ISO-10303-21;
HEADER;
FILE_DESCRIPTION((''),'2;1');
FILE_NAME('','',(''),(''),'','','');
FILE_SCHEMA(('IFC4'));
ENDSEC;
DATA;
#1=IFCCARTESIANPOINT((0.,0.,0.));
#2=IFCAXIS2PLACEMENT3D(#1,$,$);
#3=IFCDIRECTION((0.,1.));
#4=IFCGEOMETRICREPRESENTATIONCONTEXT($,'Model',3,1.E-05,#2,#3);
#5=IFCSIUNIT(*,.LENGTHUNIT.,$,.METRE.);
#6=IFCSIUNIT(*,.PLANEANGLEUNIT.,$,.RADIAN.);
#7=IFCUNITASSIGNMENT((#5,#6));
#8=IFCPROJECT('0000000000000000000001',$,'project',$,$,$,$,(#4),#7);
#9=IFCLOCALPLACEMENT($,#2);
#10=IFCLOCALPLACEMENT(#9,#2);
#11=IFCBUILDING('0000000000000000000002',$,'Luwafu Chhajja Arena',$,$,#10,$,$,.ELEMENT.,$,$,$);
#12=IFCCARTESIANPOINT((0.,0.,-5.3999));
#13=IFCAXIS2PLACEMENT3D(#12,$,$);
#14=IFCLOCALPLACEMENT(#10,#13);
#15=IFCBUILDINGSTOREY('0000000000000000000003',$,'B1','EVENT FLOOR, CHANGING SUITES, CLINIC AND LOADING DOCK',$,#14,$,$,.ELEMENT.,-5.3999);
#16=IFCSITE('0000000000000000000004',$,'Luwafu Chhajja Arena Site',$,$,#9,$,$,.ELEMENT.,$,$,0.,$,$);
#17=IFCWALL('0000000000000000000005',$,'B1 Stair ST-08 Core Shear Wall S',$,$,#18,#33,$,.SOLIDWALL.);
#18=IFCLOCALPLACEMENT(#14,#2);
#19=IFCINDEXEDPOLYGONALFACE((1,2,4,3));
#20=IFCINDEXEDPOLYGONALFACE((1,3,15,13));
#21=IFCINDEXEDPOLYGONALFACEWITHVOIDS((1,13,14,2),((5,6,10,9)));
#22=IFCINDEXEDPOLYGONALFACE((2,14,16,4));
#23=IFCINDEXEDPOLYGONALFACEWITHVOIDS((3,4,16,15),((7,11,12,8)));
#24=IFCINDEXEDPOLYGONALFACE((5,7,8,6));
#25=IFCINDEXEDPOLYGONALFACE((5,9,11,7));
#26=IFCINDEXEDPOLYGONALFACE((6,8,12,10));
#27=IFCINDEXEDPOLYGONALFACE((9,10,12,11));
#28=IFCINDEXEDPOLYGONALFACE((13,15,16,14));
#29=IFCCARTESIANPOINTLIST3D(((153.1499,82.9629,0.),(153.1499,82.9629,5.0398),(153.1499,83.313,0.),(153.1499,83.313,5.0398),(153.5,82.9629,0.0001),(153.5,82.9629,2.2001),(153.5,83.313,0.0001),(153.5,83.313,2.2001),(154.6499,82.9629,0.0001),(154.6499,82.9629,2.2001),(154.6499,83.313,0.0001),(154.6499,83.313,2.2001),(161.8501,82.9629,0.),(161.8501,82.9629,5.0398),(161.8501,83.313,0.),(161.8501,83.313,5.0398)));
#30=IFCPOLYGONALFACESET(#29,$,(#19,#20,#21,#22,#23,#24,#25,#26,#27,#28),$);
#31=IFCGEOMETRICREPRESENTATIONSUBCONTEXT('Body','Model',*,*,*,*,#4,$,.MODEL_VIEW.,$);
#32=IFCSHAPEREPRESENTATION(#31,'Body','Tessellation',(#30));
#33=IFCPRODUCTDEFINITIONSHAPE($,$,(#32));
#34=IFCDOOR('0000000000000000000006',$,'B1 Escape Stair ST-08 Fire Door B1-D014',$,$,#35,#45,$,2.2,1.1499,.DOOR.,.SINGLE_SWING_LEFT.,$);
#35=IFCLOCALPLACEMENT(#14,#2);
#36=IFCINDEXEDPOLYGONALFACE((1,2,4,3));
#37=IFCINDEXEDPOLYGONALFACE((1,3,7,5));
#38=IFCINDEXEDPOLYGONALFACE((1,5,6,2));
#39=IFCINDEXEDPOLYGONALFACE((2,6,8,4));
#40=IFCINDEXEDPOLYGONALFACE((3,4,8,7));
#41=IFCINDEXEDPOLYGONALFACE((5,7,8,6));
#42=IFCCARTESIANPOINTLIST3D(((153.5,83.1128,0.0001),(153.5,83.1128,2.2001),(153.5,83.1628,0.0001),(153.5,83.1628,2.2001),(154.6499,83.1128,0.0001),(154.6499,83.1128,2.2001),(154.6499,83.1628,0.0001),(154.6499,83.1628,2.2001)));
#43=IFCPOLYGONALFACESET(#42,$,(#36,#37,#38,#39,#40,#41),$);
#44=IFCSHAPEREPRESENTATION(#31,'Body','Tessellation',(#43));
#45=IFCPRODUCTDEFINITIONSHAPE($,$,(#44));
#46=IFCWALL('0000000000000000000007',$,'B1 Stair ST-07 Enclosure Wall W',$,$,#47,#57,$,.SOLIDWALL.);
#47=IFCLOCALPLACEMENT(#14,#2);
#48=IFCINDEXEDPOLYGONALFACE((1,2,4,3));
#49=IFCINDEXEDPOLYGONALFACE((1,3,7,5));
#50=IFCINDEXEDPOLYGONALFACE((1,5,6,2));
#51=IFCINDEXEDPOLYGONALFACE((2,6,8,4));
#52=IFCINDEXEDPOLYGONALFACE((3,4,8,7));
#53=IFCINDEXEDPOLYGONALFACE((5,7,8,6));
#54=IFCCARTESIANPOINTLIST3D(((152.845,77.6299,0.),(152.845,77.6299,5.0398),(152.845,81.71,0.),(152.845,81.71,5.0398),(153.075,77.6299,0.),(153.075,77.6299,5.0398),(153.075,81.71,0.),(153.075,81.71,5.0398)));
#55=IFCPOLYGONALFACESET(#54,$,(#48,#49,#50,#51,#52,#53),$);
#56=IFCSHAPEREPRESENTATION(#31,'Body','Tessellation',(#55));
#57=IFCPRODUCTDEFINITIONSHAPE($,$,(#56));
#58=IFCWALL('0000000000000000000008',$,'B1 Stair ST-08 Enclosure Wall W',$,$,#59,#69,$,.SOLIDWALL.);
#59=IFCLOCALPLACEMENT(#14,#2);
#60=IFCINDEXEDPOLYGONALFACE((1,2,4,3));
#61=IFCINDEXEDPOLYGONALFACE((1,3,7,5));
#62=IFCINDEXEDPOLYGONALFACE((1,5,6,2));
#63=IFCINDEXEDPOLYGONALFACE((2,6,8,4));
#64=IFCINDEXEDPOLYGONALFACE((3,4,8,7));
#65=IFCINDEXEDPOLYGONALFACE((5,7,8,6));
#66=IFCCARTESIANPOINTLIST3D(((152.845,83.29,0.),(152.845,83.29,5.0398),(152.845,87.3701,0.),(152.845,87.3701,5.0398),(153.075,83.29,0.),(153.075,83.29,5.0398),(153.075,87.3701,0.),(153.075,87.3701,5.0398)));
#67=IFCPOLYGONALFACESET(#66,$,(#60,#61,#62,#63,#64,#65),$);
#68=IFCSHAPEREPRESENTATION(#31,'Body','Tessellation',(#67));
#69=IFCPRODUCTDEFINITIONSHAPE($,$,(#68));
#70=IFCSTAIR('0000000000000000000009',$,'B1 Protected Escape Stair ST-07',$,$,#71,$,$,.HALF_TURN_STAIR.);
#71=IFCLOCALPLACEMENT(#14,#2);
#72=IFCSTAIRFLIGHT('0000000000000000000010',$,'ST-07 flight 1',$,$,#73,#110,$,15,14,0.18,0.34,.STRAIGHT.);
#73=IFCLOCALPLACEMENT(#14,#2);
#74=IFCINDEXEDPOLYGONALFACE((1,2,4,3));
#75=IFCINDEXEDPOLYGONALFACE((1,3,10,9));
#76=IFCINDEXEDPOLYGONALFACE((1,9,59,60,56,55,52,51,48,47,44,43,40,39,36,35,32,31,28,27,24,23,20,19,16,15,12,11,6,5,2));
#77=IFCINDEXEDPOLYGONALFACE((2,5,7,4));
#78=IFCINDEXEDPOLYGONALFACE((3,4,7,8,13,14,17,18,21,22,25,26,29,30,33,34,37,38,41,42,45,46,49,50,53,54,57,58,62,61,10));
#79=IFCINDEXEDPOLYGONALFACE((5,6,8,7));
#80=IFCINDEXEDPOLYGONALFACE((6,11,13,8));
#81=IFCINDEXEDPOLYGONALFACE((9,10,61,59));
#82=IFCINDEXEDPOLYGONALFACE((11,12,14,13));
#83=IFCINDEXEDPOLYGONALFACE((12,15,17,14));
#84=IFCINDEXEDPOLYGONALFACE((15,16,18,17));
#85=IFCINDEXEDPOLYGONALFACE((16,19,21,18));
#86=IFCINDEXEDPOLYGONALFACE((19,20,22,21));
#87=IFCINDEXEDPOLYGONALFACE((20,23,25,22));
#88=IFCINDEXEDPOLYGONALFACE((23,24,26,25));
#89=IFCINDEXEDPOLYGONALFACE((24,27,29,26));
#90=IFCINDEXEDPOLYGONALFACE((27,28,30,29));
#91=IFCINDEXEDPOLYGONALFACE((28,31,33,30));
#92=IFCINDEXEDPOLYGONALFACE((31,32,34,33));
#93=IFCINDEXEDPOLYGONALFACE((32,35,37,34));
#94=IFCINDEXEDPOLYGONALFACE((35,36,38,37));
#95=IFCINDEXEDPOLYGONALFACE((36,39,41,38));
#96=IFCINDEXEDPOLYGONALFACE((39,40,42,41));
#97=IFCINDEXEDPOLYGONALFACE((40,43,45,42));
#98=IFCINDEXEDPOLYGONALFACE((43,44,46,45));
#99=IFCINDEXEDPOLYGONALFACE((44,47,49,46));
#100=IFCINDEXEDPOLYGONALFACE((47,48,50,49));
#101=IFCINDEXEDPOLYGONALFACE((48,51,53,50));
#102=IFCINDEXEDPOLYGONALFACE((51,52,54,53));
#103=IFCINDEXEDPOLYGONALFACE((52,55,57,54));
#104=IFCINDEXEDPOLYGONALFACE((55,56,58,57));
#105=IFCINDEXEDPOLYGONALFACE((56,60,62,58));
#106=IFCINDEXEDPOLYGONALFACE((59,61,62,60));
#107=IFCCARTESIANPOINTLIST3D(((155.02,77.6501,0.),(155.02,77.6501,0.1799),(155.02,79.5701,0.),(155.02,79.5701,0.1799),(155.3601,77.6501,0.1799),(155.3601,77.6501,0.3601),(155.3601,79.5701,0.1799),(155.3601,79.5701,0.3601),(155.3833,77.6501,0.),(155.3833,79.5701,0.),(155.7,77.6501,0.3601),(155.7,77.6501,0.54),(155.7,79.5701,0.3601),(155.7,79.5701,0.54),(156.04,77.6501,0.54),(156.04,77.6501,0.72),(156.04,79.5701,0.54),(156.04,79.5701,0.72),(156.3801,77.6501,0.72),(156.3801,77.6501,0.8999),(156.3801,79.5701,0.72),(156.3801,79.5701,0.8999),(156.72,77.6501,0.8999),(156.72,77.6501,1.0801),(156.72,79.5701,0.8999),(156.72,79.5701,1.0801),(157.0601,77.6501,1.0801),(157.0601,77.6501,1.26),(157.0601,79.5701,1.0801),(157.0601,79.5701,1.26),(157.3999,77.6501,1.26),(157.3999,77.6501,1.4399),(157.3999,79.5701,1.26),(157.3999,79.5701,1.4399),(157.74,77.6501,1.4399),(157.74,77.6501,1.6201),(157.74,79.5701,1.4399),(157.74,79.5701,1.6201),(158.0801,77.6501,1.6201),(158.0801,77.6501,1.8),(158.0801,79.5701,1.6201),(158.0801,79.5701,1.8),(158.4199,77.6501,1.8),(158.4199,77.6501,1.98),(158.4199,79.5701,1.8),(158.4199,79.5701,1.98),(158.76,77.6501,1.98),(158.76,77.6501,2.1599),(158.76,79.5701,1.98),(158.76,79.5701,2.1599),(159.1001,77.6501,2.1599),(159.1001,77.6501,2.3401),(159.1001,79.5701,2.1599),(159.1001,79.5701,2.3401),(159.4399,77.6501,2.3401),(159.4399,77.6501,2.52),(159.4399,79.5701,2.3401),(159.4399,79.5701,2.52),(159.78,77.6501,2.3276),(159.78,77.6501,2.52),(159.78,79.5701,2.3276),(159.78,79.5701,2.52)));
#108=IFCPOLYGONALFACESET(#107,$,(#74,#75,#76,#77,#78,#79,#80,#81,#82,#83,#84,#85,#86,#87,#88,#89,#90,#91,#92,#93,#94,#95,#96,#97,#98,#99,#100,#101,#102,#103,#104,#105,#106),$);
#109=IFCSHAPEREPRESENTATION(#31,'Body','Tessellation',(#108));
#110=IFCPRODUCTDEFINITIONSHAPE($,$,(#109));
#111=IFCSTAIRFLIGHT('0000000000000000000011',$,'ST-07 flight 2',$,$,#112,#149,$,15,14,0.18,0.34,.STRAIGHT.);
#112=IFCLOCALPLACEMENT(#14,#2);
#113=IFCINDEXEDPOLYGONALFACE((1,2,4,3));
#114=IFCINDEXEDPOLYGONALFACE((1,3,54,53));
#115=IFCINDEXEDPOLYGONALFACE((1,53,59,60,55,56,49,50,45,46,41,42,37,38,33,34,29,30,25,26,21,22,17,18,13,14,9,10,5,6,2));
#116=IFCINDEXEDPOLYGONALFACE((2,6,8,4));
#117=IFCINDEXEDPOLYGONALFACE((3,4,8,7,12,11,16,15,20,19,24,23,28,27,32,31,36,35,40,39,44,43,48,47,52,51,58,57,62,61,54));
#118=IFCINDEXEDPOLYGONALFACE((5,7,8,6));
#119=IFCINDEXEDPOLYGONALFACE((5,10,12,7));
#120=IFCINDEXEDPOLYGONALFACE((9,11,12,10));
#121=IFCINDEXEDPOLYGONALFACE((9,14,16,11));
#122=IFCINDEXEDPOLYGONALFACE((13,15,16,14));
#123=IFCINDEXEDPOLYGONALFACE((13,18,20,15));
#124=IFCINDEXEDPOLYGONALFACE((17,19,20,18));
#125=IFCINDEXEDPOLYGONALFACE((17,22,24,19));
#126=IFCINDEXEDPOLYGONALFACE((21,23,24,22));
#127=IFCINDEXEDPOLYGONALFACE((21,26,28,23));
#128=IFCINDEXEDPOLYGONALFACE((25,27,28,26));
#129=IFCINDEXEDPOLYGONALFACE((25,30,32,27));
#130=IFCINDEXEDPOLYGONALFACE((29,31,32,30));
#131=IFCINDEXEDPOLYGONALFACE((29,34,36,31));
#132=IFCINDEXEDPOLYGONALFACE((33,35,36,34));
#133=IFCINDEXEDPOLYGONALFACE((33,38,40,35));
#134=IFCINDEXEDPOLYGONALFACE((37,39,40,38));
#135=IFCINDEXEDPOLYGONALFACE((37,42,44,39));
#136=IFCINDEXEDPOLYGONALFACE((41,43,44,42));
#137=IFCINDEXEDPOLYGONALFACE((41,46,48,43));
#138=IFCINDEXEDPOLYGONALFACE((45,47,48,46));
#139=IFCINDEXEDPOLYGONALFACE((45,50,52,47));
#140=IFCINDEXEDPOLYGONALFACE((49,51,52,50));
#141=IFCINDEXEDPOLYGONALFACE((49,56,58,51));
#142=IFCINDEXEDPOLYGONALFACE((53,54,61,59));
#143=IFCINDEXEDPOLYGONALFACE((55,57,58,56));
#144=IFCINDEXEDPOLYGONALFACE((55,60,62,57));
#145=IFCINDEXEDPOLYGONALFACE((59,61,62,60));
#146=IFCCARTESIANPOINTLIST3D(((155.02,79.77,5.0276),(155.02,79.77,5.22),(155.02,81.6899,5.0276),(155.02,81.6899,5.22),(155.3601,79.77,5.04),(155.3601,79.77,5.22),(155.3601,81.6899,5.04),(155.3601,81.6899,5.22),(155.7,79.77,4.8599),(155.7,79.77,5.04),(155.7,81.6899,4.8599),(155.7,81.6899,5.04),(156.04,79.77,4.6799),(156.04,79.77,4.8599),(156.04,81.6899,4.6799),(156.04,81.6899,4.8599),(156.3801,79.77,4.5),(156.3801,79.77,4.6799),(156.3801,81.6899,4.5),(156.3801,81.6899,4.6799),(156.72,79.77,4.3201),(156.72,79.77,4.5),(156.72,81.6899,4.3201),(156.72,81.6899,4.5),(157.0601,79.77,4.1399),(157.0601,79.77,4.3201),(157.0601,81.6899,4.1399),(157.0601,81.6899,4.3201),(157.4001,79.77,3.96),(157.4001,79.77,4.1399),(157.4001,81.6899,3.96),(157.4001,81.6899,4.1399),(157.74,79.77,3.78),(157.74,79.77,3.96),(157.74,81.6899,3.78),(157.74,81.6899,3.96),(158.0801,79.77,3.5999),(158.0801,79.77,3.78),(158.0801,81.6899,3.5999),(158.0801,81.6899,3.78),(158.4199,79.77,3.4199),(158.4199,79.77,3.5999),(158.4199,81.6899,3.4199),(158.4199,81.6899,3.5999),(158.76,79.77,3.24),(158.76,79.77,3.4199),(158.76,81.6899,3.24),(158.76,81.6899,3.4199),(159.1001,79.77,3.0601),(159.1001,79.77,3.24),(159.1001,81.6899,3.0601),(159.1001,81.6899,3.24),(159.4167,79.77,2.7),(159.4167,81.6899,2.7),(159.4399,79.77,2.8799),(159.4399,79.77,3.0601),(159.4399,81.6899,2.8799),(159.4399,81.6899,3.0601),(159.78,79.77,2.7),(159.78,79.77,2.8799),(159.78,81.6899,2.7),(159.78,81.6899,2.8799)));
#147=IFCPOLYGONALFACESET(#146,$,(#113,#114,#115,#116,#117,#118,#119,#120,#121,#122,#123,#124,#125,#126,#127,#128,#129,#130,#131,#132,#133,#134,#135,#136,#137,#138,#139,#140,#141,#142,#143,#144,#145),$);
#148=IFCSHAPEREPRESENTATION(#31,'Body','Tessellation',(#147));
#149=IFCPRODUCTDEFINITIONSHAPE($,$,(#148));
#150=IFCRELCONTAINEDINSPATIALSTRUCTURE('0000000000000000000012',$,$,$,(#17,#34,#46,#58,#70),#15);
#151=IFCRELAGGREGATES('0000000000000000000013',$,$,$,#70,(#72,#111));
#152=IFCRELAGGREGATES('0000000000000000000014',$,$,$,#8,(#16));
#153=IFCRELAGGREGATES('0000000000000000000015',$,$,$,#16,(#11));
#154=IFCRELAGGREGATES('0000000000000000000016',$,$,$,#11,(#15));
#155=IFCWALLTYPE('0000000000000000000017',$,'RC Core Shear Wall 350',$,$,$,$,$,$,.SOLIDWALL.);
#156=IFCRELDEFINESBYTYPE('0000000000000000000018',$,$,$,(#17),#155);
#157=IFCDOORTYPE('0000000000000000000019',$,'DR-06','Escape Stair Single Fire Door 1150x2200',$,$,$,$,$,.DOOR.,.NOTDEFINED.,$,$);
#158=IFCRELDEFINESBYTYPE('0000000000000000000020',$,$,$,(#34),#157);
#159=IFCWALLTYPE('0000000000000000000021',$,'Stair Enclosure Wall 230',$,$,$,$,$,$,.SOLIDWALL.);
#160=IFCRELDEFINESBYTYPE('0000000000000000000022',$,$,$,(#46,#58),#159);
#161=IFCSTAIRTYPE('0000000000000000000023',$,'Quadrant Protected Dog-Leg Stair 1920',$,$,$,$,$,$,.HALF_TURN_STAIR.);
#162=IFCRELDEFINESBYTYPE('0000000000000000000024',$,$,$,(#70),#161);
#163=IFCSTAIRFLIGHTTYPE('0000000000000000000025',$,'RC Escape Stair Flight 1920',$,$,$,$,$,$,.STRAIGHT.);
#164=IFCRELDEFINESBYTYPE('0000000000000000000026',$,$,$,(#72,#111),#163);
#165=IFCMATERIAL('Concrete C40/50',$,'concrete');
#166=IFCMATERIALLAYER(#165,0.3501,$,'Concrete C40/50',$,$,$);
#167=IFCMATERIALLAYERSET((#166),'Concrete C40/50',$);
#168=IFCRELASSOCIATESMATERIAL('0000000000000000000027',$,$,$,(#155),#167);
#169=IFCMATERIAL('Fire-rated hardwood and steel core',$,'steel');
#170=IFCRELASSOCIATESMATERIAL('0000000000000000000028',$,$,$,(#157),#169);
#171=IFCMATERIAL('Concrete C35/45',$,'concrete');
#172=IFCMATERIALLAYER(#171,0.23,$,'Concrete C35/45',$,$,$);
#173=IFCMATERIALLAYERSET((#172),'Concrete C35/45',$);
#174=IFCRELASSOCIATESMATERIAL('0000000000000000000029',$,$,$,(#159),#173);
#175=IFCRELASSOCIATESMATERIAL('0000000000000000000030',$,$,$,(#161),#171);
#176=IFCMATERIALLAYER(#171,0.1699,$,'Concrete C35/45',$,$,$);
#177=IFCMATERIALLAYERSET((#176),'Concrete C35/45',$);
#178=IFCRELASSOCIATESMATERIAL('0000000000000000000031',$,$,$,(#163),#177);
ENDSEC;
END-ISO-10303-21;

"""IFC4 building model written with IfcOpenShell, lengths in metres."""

from ifc_helpers import new_model, si_unit, direction, frame, frame_2d, origin, place, context, subcontext, project, spatial, polyline, rectangle, outline, extrude, material, layer, layer_set, type_object, element, fill, aggregate, save


model = new_model("IFC4")

# Units and contexts
model_context = context("Model", 3, precision=1e-05, world=origin(), true_north=direction((0.0, 1.0)))
body_context = subcontext(model_context, "Body", "Model", "MODEL_VIEW")
ifc_project = project(units=[si_unit("LENGTHUNIT", "METRE"), si_unit("PLANEANGLEUNIT", "RADIAN")], contexts=[model_context])

# Site, building, storey
site_placement = place(None, origin())
site = spatial("IfcSite", under=ifc_project, at=site_placement, Name="Luwafu Chhajja Arena Site", CompositionType="ELEMENT", RefElevation=0.0)
building_placement = place(site_placement, origin())
building = spatial("IfcBuilding", under=site, at=building_placement, Name="Luwafu Chhajja Arena", CompositionType="ELEMENT")
storey_placement = place(building_placement, frame((0.0, 0.0, -5.3999)))
storey = spatial("IfcBuildingStorey", under=building, at=storey_placement, Name="B1", Description="EVENT FLOOR, CHANGING SUITES, CLINIC AND LOADING DOCK", CompositionType="ELEMENT", Elevation=-5.3999)

# Shared definitions
ifc_material_1 = material(Name="Concrete C35/45", Category="concrete")

# Shared definitions
ifc_material_2 = material(Name="Concrete C40/50", Category="concrete")
ifc_layer_1 = layer(ifc_material_2, 0.3501, Name="Concrete C40/50")
ifc_layer_set_1 = layer_set([ifc_layer_1], Name="Concrete C40/50")
wall_type_1 = type_object("IfcWallType", Name="RC Core Shear Wall 350", PredefinedType="SOLIDWALL", material=ifc_layer_set_1)

# Wall, opening, door
ifc_material_3 = material(Name="Fire-rated hardwood and steel core", Category="steel")
door_type = type_object("IfcDoorType", Name="DR-06", Description="Escape Stair Single Fire Door 1150x2200", OperationType="NOTDEFINED", PredefinedType="DOOR", material=ifc_material_3)
wall_1_placement = place(storey_placement, frame((153.1499, 83.1379, 0.0), z_axis=(0.0, 0.0, 1.0), x_axis=(1.0, 0.0, 0.0)))
wall_1 = element("IfcWall", 1, at=wall_1_placement, inside=storey, type_object=wall_type_1, Name="B1 Stair ST-08 Core Shear Wall S", PredefinedType="SOLIDWALL", context=body_context, shape_type="SweptSolid", body=[
    extrude(rectangle(XDim=8.7002, YDim=0.3501, at=frame_2d((4.3501, 0.0))), origin(), (0.0, 0.0, 1.0), 5.0398),
])
opening_1_placement = place(wall_1_placement, frame((0.3501, 0.0, 0.0)))
opening_1 = element("IfcOpeningElement", 2, at=opening_1_placement, cuts=wall_1, PredefinedType="OPENING", context=body_context, shape_type="SweptSolid", body=[
    extrude(rectangle(XDim=1.1499, YDim=2.2, at=frame_2d((0.575, 1.1001))), frame((0.0, 0.1851, 0.0), z_axis=(0.0, -1.0, 0.0), x_axis=(1.0, 0.0, 0.0)), (0.0, 0.0, 1.0), 0.3701),
])
door_1_placement = place(opening_1_placement, origin())
door_1 = element("IfcDoor", 3, at=door_1_placement, inside=storey, type_object=door_type, Name="B1 Escape Stair ST-08 Fire Door B1-D014", OperationType="SINGLE_SWING_LEFT", OverallHeight=2.2, OverallWidth=1.1499, PredefinedType="DOOR", context=body_context, shape_type="SweptSolid", body=[
    extrude(rectangle(XDim=1.1499, YDim=2.2, at=frame_2d((0.575, 1.1001))), frame((0.0, 0.0249, 0.0), z_axis=(0.0, -1.0, 0.0), x_axis=(1.0, 0.0, 0.0)), (0.0, 0.0, 1.0), 0.05),
])
fill(opening_1, door_1)

# Walls
ifc_layer_2 = layer(ifc_material_1, 0.23, Name="Concrete C35/45")
ifc_layer_set_2 = layer_set([ifc_layer_2], Name="Concrete C35/45")
wall_type_2 = type_object("IfcWallType", Name="Stair Enclosure Wall 230", PredefinedType="SOLIDWALL", material=ifc_layer_set_2)
for number, where, z_axis, x_axis, name in (
    (4, (152.96, 77.6299, 0.0), (0.0, 0.0, 1.0), (0.0, 1.0, 0.0), "B1 Stair ST-07 Enclosure Wall W"),
    (5, (152.96, 83.29, 0.0), (0.0, 0.0, 1.0), (0.0, 1.0, 0.0), "B1 Stair ST-08 Enclosure Wall W"),
):
    element("IfcWall", number, at=place(storey_placement, frame(where, z_axis=z_axis, x_axis=x_axis)), inside=storey, type_object=wall_type_2, Name=name, PredefinedType="SOLIDWALL", context=body_context, shape_type="SweptSolid", body=[
        extrude(rectangle(XDim=4.0801, YDim=0.23, at=frame_2d((2.04, 0.0))), origin(), (0.0, 0.0, 1.0), 5.0398),
    ])

# Stair, stair flights
stair_type = type_object("IfcStairType", Name="Quadrant Protected Dog-Leg Stair 1920", PredefinedType="HALF_TURN_STAIR", material=ifc_material_1)
stair_placement = place(storey_placement, origin())
stair = element("IfcStair", 6, at=stair_placement, inside=storey, type_object=stair_type, Name="B1 Protected Escape Stair ST-07", PredefinedType="HALF_TURN_STAIR")
ifc_layer_3 = layer(ifc_material_1, 0.1699, Name="Concrete C35/45")
ifc_layer_set_3 = layer_set([ifc_layer_3], Name="Concrete C35/45")
stair_flight_type = type_object("IfcStairFlightType", Name="RC Escape Stair Flight 1920", PredefinedType="STRAIGHT", material=ifc_layer_set_3)
stair_flight_1_placement = place(storey_placement, frame((155.02, 78.6101, 0.0), z_axis=(0.0, 0.0, 1.0), x_axis=(1.0, 0.0, 0.0)))
stair_flight_1 = element("IfcStairFlight", 7, at=stair_flight_1_placement, type_object=stair_flight_type, Name="ST-07 flight 1", NumberOfRisers=15, NumberOfTreads=14, PredefinedType="STRAIGHT", RiserHeight=0.18, TreadLength=0.34, context=body_context, shape_type="SweptSolid", body=[
    extrude(outline(polyline([(0.0, 0.0), (0.0, 0.1799), (0.3401, 0.1799), (0.3401, 0.3601), (0.6799, 0.3601), (0.6799, 0.54), (1.02, 0.54), (1.02, 0.72), (1.3601, 0.72), (1.3601, 0.8999), (1.7, 0.8999), (1.7, 1.0801), (2.04, 1.0801), (2.04, 1.26), (2.3799, 1.26), (2.3799, 1.4399), (2.72, 1.4399), (2.72, 1.6201), (3.0601, 1.6201), (3.0601, 1.8), (3.3999, 1.8), (3.3999, 1.98), (3.74, 1.98), (3.74, 2.1599), (4.0801, 2.1599), (4.0801, 2.3401), (4.4199, 2.3401), (4.4199, 2.52), (4.76, 2.52), (4.76, 2.7), (4.76, 2.3276), (0.3633, 0.0), (0.0, 0.0)])), frame((0.0, 0.96, 0.0), z_axis=(0.0, -1.0, 0.0), x_axis=(1.0, 0.0, 0.0)), (0.0, 0.0, 1.0), 1.9199),
])
stair_flight_2_placement = place(storey_placement, frame((159.78, 80.73, 2.7), z_axis=(0.0, 0.0, 1.0), x_axis=(-1.0, 0.0, 0.0)))
stair_flight_2 = element("IfcStairFlight", 8, at=stair_flight_2_placement, type_object=stair_flight_type, Name="ST-07 flight 2", NumberOfRisers=15, NumberOfTreads=14, PredefinedType="STRAIGHT", RiserHeight=0.18, TreadLength=0.34, context=body_context, shape_type="SweptSolid", body=[
    extrude(outline(polyline([(0.0, 0.0), (0.0, 0.1799), (0.3401, 0.1799), (0.3401, 0.3601), (0.6799, 0.3601), (0.6799, 0.54), (1.02, 0.54), (1.02, 0.72), (1.3601, 0.72), (1.3601, 0.8999), (1.7, 0.8999), (1.7, 1.0801), (2.04, 1.0801), (2.04, 1.26), (2.3799, 1.26), (2.3799, 1.4399), (2.72, 1.4399), (2.72, 1.6201), (3.0601, 1.6201), (3.0601, 1.8), (3.3999, 1.8), (3.3999, 1.98), (3.74, 1.98), (3.74, 2.1599), (4.0801, 2.1599), (4.0801, 2.3401), (4.4199, 2.3401), (4.4199, 2.52), (4.76, 2.52), (4.76, 2.7), (4.76, 2.3276), (0.3633, 0.0), (0.0, 0.0)])), frame((0.0, 0.96, 0.0), z_axis=(0.0, -1.0, 0.0), x_axis=(1.0, 0.0, 0.0)), (0.0, 0.0, 1.0), 1.9199),
])
aggregate(stair, [stair_flight_1, stair_flight_2])

save(model, "model.ifc")
